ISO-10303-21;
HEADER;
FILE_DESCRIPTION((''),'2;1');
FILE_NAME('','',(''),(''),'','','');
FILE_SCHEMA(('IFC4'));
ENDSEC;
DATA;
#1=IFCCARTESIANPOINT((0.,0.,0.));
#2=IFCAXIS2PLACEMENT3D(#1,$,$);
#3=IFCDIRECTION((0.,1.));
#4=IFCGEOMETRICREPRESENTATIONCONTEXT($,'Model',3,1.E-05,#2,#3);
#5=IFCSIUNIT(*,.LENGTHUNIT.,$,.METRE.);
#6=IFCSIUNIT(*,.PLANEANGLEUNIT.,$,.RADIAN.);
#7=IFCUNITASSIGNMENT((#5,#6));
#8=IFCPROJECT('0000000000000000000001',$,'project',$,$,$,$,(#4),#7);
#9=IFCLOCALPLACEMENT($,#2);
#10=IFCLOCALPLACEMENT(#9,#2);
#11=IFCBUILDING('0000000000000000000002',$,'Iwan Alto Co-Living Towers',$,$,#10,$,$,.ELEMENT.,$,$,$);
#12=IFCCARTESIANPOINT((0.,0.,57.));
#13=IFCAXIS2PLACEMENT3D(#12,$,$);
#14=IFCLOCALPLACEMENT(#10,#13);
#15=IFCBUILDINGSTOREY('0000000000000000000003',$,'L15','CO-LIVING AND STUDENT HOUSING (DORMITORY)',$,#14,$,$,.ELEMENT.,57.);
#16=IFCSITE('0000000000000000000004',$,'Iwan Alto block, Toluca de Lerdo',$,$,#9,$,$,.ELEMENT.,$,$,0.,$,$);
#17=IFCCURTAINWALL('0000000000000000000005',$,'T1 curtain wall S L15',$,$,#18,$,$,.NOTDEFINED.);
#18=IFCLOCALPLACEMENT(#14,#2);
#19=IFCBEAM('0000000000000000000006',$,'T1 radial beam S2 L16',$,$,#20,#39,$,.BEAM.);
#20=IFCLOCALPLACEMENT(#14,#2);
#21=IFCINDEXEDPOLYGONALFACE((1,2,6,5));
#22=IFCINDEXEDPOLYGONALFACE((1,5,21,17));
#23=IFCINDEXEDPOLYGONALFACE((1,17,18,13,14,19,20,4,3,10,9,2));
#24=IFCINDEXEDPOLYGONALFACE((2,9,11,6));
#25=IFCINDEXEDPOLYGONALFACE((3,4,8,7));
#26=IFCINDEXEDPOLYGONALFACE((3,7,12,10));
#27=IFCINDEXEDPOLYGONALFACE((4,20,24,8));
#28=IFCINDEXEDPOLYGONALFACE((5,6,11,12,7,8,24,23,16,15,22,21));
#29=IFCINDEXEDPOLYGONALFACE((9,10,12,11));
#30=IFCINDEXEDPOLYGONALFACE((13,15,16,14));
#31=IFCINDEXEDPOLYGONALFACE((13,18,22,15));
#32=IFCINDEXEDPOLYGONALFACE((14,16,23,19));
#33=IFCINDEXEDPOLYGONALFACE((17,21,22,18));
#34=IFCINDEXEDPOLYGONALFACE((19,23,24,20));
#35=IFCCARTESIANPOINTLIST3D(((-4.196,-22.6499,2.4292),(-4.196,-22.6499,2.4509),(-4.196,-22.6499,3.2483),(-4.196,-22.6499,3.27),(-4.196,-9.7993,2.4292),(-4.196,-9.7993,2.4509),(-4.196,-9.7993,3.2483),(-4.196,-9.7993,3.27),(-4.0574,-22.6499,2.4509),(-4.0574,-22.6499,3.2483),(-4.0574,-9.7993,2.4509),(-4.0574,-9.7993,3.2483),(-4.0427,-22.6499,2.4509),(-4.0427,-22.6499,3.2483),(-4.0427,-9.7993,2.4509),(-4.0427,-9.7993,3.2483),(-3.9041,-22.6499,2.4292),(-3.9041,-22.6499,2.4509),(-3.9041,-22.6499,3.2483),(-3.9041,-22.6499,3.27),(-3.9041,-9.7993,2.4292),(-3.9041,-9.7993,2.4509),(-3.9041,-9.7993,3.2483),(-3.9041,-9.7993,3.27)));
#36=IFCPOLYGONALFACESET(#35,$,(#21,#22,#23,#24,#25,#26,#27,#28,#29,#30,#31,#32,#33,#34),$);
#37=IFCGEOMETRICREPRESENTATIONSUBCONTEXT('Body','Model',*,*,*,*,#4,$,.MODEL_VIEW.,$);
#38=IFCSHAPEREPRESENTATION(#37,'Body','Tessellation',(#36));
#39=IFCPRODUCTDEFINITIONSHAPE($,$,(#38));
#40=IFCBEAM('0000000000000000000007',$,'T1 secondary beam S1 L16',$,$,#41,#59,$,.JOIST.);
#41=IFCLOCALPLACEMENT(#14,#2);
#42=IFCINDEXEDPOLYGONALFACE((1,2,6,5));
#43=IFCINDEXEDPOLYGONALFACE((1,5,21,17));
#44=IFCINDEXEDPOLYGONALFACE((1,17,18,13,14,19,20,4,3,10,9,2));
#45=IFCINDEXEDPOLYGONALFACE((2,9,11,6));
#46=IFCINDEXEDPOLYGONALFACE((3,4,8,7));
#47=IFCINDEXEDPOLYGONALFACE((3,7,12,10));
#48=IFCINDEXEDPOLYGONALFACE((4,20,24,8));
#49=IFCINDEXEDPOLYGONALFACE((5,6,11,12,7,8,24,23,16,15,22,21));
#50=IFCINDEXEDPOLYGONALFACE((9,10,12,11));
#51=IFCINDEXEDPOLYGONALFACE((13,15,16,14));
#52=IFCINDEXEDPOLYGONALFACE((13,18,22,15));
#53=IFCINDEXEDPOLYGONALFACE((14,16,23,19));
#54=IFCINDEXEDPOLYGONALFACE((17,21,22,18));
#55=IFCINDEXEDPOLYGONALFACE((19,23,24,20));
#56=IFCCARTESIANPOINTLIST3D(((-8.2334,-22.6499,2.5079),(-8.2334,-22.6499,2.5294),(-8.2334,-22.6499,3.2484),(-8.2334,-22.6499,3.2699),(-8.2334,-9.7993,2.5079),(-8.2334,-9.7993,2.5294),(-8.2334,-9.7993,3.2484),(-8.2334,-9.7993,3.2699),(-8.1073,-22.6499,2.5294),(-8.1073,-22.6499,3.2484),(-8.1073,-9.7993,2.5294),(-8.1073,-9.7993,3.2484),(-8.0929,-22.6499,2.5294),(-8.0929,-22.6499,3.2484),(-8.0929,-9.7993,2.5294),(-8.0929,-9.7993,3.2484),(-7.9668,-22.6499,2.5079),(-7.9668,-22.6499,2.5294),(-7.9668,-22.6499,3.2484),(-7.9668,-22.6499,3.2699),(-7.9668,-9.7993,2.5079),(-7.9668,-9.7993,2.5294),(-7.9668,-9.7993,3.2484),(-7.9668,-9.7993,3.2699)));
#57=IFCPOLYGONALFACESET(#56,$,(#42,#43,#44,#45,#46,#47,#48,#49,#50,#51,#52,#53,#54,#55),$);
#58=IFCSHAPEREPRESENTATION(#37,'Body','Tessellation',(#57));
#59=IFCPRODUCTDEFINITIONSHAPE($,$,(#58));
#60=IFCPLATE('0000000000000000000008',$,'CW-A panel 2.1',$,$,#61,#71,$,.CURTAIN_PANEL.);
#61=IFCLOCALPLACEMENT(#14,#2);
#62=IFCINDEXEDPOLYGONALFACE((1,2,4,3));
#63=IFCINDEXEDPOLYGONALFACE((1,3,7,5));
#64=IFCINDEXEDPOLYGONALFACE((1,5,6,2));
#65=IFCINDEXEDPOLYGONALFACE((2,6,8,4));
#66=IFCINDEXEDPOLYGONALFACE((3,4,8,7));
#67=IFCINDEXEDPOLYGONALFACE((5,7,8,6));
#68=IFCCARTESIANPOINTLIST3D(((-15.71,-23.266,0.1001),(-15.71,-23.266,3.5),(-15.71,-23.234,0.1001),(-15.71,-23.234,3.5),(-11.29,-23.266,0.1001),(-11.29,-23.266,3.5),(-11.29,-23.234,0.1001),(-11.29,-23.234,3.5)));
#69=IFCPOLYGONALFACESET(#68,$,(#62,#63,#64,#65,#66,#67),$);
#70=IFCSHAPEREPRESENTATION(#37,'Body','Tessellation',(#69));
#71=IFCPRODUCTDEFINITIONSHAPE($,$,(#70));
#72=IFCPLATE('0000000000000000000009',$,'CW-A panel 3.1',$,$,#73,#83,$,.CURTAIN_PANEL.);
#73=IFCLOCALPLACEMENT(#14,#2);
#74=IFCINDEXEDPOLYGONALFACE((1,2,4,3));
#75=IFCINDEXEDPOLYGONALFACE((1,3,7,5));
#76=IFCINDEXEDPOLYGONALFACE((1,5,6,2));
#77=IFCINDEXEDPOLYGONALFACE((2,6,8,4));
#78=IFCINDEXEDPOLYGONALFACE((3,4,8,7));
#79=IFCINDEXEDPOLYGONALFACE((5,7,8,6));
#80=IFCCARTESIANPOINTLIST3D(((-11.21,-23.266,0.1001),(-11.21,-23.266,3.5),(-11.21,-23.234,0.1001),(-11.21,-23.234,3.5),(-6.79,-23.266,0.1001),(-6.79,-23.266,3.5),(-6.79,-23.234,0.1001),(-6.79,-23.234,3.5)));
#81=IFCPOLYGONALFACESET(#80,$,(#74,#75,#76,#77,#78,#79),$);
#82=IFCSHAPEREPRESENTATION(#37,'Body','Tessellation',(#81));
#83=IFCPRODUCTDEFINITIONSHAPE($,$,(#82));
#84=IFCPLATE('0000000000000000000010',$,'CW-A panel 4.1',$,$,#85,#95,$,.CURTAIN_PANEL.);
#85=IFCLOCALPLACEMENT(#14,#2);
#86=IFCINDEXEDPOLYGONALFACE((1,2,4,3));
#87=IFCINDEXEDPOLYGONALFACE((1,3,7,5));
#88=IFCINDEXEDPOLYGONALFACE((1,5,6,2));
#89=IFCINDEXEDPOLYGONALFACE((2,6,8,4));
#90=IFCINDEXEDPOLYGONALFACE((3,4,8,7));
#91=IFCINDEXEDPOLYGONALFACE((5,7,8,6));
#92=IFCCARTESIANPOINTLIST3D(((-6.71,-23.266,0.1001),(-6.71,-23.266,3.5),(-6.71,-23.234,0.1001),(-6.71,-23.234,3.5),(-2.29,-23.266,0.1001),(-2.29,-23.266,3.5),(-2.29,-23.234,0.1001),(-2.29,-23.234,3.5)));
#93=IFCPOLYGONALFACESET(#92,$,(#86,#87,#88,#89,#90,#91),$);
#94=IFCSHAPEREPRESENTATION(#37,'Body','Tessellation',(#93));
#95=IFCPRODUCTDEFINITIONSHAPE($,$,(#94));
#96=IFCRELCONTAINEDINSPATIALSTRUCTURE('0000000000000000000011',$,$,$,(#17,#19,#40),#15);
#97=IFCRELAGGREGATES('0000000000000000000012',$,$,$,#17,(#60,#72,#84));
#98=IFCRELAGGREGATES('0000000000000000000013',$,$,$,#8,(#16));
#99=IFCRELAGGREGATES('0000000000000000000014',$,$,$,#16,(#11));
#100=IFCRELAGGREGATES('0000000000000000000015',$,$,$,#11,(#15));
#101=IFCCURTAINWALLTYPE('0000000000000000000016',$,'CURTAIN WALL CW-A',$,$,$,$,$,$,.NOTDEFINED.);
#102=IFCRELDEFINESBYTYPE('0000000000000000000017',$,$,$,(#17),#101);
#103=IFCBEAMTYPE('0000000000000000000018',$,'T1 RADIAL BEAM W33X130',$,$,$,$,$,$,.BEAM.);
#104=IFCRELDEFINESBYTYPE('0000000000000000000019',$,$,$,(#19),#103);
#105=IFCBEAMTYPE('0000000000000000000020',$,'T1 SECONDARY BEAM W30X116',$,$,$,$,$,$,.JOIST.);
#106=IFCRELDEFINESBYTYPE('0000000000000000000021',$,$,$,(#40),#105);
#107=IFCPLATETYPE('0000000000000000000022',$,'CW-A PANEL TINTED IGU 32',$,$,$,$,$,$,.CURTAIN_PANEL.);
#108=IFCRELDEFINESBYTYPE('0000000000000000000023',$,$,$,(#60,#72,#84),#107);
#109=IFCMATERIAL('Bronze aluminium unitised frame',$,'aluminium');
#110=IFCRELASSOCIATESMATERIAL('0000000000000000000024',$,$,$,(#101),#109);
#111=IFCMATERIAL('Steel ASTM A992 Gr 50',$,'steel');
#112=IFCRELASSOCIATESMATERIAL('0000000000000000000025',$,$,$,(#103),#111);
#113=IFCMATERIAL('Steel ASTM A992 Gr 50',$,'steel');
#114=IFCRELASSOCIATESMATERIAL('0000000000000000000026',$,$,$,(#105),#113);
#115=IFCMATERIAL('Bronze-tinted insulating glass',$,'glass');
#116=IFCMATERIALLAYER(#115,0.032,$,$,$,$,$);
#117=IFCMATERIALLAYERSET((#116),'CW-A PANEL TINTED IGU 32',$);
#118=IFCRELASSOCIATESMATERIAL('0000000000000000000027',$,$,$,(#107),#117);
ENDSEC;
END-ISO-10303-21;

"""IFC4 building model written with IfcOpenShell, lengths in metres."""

from ifc_helpers import new_model, si_unit, direction, frame, origin, origin_2d, place, context, subcontext, project, spatial, rectangle, i_section, extrude, material, layer, layer_set, material_profile, profile_set, type_object, element, aggregate, save


model = new_model("IFC4")

# Units and contexts
model_context = context("Model", 3, precision=1e-05, world=origin(), true_north=direction((0.0, 1.0)))
body_context = subcontext(model_context, "Body", "Model", "MODEL_VIEW")
ifc_project = project(units=[si_unit("LENGTHUNIT", "METRE"), si_unit("PLANEANGLEUNIT", "RADIAN")], contexts=[model_context])

# Site, building, storey
site_placement = place(None, origin())
site = spatial("IfcSite", under=ifc_project, at=site_placement, Name="Iwan Alto block, Toluca de Lerdo", CompositionType="ELEMENT", RefElevation=0.0)
building_placement = place(site_placement, origin())
building = spatial("IfcBuilding", under=site, at=building_placement, Name="Iwan Alto Co-Living Towers", CompositionType="ELEMENT")
storey_placement = place(building_placement, frame((0.0, 0.0, 57.0)))
storey = spatial("IfcBuildingStorey", under=building, at=storey_placement, Name="L15", Description="CO-LIVING AND STUDENT HOUSING (DORMITORY)", CompositionType="ELEMENT", Elevation=57.0)

# Curtain wall
ifc_material_1 = material(Name="Bronze aluminium unitised frame", Category="aluminium")
curtain_wall_type = type_object("IfcCurtainWallType", Name="CURTAIN WALL CW-A", PredefinedType="NOTDEFINED", material=ifc_material_1)
curtain_wall_placement = place(storey_placement, origin())
curtain_wall = element("IfcCurtainWall", 1, at=curtain_wall_placement, inside=storey, type_object=curtain_wall_type, Name="T1 curtain wall S L15", PredefinedType="NOTDEFINED")

# Beams
ifc_material_2 = material(Name="Steel ASTM A992 Gr 50", Category="steel")
ifc_material_profile_1 = material_profile(ifc_material_2, i_section(OverallWidth=0.292, OverallDepth=0.8408, WebThickness=0.0146, FlangeThickness=0.0217, at=origin_2d()), Name="W33X130")
ifc_profile_set_1 = profile_set([ifc_material_profile_1], Name="Steel ASTM A992 Gr 50")
beam_type_1 = type_object("IfcBeamType", Name="T1 RADIAL BEAM W33X130", PredefinedType="BEAM", material=ifc_profile_set_1)
beam_1_placement = place(storey_placement, frame((-4.05, -22.6499, 2.8496), z_axis=(0.0, 1.0, 0.0), x_axis=(-1.0, 0.0, 0.0)))
element("IfcBeam", 2, at=beam_1_placement, inside=storey, type_object=beam_type_1, Name="T1 radial beam S2 L16", PredefinedType="BEAM", context=body_context, shape_type="SweptSolid", body=[
    extrude(i_section(OverallWidth=0.292, OverallDepth=0.8408, WebThickness=0.0146, FlangeThickness=0.0217, at=origin_2d()), origin(), (0.0, 0.0, 1.0), 12.8506),
])
ifc_material_3 = material(Name="Steel ASTM A992 Gr 50", Category="steel")
ifc_material_profile_2 = material_profile(ifc_material_3, i_section(OverallWidth=0.2666, OverallDepth=0.762, WebThickness=0.0144, FlangeThickness=0.0215, at=origin_2d()), Name="W30X116")
ifc_profile_set_2 = profile_set([ifc_material_profile_2], Name="Steel ASTM A992 Gr 50")
beam_type_2 = type_object("IfcBeamType", Name="T1 SECONDARY BEAM W30X116", PredefinedType="JOIST", material=ifc_profile_set_2)
beam_2_placement = place(storey_placement, frame((-8.1001, -22.6499, 2.8889), z_axis=(0.0, 1.0, 0.0), x_axis=(-1.0, 0.0, 0.0)))
element("IfcBeam", 3, at=beam_2_placement, inside=storey, type_object=beam_type_2, Name="T1 secondary beam S1 L16", PredefinedType="JOIST", context=body_context, shape_type="SweptSolid", body=[
    extrude(i_section(OverallWidth=0.2666, OverallDepth=0.762, WebThickness=0.0144, FlangeThickness=0.0215, at=origin_2d()), origin(), (0.0, 0.0, 1.0), 12.8506),
])

# Plates
ifc_material_4 = material(Name="Bronze-tinted insulating glass", Category="glass")
ifc_layer_1 = layer(ifc_material_4, 0.032)
ifc_layer_set_1 = layer_set([ifc_layer_1], Name="CW-A PANEL TINTED IGU 32")
plate_type = type_object("IfcPlateType", Name="CW-A PANEL TINTED IGU 32", PredefinedType="CURTAIN_PANEL", material=ifc_layer_set_1)
plate_1_placement = place(storey_placement, frame((-13.5, -23.25, 0.1001), z_axis=(0.0, 0.0, 1.0), x_axis=(1.0, 0.0, 0.0)))
plate_1 = element("IfcPlate", 4, at=plate_1_placement, type_object=plate_type, Name="CW-A panel 2.1", PredefinedType="CURTAIN_PANEL", context=body_context, shape_type="SweptSolid", body=[
    extrude(rectangle(XDim=4.4199, YDim=0.032, at=origin_2d()), origin(), (0.0, 0.0, 1.0), 3.3999),
])
plate_2_placement = place(storey_placement, frame((-9.0, -23.25, 0.1001), z_axis=(0.0, 0.0, 1.0), x_axis=(1.0, 0.0, 0.0)))
plate_2 = element("IfcPlate", 5, at=plate_2_placement, type_object=plate_type, Name="CW-A panel 3.1", PredefinedType="CURTAIN_PANEL", context=body_context, shape_type="SweptSolid", body=[
    extrude(rectangle(XDim=4.4199, YDim=0.032, at=origin_2d()), origin(), (0.0, 0.0, 1.0), 3.3999),
])
plate_3_placement = place(storey_placement, frame((-4.5, -23.25, 0.1001), z_axis=(0.0, 0.0, 1.0), x_axis=(1.0, 0.0, 0.0)))
plate_3 = element("IfcPlate", 6, at=plate_3_placement, type_object=plate_type, Name="CW-A panel 4.1", PredefinedType="CURTAIN_PANEL", context=body_context, shape_type="SweptSolid", body=[
    extrude(rectangle(XDim=4.4199, YDim=0.032, at=origin_2d()), origin(), (0.0, 0.0, 1.0), 3.3999),
])
aggregate(curtain_wall, [plate_1, plate_2, plate_3])

save(model, "model.ifc")
